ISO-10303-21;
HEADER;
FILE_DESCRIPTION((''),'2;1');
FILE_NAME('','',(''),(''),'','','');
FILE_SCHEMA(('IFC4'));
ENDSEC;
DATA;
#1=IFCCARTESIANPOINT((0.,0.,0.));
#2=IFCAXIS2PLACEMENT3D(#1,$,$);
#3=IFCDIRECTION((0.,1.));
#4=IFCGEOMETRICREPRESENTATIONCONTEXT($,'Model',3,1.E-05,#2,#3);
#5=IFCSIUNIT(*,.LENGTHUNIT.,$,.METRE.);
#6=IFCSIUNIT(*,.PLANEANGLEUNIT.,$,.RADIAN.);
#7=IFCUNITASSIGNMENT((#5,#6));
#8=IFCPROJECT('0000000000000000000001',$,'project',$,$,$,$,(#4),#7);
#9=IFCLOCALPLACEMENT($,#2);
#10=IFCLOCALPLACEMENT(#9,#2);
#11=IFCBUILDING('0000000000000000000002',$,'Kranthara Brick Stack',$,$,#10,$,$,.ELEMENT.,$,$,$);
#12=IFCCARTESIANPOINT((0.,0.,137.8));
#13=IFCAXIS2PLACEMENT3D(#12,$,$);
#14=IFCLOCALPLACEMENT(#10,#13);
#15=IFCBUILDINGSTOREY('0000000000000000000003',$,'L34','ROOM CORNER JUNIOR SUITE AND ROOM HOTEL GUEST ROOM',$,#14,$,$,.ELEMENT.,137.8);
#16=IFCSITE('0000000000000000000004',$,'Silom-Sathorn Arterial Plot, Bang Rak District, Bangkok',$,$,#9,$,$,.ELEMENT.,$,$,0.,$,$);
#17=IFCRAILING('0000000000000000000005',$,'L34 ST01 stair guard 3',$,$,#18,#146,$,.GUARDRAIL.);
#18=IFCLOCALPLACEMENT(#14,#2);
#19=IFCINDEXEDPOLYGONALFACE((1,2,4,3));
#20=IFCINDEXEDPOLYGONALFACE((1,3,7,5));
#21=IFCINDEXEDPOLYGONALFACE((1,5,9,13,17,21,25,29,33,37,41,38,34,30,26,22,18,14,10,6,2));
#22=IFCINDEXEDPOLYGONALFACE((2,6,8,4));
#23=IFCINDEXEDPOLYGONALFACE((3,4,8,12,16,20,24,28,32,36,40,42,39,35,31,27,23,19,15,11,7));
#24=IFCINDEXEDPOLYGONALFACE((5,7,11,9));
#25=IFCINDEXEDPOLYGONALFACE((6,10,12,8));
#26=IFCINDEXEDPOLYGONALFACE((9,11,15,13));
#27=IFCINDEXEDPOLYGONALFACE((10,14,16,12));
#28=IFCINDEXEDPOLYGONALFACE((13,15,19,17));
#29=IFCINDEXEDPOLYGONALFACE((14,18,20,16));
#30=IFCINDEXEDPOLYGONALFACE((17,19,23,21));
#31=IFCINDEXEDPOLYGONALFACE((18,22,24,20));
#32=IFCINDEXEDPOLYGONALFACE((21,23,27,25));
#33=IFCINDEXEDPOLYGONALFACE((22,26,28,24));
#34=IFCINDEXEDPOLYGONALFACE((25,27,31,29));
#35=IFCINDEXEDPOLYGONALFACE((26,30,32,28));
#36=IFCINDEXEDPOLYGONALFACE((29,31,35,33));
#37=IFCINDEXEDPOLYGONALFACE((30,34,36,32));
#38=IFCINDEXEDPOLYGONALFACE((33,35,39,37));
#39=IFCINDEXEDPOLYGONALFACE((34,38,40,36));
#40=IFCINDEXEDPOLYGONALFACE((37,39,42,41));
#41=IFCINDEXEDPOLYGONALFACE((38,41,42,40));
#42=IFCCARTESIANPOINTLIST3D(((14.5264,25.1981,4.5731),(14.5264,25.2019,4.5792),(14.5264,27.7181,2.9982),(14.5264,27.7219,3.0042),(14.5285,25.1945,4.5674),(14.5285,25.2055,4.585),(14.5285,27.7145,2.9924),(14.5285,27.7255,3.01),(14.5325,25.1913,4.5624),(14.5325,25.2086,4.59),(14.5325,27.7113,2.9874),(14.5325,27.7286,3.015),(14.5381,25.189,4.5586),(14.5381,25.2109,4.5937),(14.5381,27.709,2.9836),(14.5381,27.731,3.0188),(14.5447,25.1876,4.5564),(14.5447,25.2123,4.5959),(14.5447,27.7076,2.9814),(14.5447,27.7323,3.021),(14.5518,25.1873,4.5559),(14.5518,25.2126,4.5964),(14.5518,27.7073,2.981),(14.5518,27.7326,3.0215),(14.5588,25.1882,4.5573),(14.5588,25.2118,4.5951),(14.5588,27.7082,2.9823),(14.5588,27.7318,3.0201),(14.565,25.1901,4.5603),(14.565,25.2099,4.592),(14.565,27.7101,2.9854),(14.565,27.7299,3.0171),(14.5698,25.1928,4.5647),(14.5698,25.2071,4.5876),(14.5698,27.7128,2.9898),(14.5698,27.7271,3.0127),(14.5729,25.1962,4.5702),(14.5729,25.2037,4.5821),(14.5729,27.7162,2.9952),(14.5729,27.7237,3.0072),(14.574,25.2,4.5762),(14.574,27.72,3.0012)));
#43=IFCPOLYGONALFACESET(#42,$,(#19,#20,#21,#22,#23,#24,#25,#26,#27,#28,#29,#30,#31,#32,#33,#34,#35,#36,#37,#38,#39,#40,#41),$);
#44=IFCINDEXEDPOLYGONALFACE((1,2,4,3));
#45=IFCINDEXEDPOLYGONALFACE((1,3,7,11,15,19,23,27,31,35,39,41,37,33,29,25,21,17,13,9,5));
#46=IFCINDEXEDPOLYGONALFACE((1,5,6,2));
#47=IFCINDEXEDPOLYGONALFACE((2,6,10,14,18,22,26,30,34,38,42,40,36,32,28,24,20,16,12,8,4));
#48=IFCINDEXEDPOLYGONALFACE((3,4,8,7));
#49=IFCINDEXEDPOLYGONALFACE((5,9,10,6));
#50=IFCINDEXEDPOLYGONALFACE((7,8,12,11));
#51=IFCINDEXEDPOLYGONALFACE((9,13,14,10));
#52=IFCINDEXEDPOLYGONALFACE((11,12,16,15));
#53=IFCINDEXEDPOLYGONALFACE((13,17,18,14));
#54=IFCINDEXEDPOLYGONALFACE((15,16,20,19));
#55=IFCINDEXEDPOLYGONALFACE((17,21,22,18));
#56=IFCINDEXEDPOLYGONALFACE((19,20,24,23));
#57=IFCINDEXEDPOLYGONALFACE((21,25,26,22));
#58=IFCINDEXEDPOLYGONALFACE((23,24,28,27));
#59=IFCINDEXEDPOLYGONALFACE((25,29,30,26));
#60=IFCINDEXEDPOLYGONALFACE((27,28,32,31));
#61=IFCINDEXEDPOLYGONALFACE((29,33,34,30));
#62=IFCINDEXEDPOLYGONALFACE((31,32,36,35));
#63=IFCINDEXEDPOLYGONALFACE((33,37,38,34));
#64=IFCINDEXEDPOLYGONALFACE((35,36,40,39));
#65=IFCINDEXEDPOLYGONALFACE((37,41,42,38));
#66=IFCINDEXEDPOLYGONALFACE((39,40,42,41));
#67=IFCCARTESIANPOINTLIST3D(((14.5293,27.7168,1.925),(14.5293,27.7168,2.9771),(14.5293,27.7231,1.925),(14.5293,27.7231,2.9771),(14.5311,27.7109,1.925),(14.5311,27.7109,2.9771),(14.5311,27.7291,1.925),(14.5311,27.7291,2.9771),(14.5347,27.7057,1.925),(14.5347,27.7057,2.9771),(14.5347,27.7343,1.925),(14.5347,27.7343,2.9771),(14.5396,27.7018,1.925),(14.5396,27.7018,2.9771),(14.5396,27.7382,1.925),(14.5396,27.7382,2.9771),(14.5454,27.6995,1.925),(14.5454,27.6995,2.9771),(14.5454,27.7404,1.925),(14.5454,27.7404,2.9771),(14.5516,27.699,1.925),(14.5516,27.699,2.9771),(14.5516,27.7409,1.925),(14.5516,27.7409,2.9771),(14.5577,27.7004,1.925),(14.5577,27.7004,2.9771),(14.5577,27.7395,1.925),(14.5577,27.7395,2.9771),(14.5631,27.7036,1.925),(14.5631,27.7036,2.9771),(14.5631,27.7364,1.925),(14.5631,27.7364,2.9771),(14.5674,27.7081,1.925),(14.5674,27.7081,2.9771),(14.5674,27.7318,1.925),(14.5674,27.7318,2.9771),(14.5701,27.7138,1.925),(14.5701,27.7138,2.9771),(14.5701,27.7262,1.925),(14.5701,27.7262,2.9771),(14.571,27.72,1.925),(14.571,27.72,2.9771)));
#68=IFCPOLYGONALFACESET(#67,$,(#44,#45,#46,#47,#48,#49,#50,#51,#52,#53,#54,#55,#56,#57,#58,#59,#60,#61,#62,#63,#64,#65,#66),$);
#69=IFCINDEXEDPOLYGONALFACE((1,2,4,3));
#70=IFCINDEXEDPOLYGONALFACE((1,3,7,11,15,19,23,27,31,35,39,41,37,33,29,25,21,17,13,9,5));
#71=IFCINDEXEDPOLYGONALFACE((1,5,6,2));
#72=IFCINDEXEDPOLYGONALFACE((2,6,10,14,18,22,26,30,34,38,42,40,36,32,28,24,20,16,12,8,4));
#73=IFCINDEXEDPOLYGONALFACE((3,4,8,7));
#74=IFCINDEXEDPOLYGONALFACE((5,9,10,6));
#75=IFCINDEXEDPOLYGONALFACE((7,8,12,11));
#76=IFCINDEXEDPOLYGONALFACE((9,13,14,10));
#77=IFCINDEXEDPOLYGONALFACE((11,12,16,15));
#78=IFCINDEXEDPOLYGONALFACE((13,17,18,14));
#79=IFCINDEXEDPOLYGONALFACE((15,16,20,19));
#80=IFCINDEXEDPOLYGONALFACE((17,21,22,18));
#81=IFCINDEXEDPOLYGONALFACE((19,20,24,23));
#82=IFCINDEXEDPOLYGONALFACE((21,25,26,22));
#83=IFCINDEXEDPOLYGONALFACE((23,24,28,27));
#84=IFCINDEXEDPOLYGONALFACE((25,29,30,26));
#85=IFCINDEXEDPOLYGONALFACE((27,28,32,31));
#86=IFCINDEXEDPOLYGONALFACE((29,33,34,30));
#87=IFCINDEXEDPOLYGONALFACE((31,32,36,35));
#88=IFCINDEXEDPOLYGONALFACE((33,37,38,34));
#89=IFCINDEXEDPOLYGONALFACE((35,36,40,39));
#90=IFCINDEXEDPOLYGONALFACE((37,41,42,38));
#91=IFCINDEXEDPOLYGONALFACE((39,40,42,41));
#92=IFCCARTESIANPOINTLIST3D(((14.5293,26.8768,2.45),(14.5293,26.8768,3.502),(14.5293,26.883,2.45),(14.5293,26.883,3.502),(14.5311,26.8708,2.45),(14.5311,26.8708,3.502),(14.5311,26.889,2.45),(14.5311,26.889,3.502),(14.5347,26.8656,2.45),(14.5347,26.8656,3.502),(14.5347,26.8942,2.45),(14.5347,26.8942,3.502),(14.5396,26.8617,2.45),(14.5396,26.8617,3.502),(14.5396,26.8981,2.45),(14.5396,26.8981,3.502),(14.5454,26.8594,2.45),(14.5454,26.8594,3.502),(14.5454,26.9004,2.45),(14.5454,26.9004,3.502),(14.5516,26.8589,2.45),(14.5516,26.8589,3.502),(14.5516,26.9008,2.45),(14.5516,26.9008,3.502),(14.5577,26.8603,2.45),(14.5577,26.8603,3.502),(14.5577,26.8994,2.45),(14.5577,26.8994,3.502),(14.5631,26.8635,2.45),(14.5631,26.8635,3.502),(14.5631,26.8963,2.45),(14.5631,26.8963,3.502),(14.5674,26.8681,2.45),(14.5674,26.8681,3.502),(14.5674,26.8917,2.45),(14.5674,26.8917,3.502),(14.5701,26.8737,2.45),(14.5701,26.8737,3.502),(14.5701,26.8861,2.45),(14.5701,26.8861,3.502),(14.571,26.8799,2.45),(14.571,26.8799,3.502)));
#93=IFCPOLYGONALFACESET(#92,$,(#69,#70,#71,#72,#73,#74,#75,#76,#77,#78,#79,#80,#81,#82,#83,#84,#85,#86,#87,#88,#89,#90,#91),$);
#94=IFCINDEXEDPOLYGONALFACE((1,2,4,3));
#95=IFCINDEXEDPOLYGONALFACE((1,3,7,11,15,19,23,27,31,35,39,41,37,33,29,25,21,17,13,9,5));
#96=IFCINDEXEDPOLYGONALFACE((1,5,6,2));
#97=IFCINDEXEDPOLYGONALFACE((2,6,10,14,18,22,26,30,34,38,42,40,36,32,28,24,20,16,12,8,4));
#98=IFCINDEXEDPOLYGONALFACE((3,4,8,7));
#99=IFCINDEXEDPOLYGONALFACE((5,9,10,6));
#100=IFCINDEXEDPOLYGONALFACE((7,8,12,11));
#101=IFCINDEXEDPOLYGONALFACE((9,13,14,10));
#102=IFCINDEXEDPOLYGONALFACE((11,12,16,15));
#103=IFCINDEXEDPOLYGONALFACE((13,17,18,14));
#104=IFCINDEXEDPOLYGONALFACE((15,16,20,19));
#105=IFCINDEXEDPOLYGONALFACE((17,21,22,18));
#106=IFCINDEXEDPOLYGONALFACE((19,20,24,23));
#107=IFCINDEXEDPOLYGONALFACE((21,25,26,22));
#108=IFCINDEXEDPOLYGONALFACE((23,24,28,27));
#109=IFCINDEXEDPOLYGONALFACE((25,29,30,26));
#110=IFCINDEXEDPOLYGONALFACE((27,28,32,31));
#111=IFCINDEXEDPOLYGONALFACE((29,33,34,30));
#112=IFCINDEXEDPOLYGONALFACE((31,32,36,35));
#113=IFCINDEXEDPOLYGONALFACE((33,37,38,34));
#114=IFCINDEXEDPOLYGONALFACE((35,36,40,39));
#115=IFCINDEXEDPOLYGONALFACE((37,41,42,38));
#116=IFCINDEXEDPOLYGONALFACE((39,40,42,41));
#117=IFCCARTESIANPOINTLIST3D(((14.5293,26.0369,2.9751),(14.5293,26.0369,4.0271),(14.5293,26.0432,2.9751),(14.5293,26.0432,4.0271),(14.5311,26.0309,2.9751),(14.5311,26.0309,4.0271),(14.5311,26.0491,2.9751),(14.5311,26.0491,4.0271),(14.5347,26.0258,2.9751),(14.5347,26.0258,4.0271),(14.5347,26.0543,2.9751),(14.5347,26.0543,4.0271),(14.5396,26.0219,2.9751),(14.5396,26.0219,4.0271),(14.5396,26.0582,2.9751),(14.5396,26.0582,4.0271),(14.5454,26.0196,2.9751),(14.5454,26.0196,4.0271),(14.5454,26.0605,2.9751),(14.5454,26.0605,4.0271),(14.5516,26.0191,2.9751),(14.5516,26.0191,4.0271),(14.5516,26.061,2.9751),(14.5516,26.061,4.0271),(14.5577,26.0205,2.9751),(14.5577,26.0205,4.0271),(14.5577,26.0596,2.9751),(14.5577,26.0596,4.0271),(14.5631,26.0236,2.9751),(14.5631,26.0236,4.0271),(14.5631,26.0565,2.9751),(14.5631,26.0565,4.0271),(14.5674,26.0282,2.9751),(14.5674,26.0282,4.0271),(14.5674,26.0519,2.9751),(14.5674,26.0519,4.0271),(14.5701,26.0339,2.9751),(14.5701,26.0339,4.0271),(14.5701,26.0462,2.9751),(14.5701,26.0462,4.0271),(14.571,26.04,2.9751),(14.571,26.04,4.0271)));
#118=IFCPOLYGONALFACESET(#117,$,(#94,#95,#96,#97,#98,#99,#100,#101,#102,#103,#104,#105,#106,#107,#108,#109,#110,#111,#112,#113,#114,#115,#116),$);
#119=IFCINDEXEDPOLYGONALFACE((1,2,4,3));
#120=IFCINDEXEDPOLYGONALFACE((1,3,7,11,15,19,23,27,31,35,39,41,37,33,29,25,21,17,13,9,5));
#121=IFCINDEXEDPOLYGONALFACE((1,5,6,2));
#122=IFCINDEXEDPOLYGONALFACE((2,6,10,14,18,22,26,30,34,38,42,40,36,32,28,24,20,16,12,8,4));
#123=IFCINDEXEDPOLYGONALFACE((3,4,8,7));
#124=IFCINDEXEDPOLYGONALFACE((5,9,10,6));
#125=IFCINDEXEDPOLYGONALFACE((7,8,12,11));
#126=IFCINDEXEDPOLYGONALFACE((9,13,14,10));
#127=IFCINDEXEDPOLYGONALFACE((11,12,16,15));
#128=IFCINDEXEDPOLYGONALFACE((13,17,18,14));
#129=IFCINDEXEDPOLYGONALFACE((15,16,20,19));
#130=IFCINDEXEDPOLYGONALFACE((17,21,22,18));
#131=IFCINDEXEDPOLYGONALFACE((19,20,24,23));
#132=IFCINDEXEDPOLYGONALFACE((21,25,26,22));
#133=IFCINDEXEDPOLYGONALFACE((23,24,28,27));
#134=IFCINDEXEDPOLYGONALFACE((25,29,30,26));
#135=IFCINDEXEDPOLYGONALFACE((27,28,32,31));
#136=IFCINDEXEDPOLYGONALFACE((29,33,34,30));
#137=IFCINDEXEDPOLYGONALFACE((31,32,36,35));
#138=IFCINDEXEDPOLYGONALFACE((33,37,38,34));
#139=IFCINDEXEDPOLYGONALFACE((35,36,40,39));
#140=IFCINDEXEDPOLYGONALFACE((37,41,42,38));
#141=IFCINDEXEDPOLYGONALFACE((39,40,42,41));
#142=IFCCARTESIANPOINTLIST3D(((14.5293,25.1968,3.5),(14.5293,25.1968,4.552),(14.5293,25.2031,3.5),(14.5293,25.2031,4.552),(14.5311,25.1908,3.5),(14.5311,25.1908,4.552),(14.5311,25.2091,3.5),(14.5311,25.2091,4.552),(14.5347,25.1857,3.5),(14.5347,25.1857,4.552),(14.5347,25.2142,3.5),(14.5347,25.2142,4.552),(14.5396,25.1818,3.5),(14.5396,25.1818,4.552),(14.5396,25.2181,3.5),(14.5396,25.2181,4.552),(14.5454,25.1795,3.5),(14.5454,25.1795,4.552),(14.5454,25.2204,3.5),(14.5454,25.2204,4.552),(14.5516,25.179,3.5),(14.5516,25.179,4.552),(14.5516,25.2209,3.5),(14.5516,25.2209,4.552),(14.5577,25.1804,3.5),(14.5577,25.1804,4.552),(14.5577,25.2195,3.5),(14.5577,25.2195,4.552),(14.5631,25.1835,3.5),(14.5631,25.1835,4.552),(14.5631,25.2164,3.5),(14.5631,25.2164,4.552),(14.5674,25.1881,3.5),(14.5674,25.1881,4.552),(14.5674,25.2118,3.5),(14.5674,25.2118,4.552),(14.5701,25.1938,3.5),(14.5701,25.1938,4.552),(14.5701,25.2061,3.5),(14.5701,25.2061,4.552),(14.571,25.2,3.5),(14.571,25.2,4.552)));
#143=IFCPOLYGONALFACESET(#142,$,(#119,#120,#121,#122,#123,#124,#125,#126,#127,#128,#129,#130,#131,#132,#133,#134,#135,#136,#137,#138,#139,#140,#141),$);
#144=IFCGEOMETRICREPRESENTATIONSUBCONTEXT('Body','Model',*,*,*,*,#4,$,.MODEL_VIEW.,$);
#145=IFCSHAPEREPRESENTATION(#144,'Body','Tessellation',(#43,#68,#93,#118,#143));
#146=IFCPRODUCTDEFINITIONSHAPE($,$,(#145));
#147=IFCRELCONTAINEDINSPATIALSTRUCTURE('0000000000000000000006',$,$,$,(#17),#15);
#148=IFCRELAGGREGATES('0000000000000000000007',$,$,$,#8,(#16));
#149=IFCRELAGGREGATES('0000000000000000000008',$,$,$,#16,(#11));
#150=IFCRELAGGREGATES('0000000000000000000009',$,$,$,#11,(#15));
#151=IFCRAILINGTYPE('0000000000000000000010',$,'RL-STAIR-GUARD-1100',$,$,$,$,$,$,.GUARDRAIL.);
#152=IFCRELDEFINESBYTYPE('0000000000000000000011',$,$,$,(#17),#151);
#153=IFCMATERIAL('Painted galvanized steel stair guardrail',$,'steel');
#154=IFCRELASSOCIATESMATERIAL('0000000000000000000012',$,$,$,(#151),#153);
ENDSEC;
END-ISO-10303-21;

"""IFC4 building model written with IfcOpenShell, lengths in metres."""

from ifc_helpers import new_model, si_unit, direction, frame, origin, origin_2d, place, context, subcontext, project, spatial, circle, extrude, material, type_object, element, save


model = new_model("IFC4")

# Units and contexts
model_context = context("Model", 3, precision=1e-05, world=origin(), true_north=direction((0.0, 1.0)))
body_context = subcontext(model_context, "Body", "Model", "MODEL_VIEW")
ifc_project = project(units=[si_unit("LENGTHUNIT", "METRE"), si_unit("PLANEANGLEUNIT", "RADIAN")], contexts=[model_context])

# Site, building, storey
site_placement = place(None, origin())
site = spatial("IfcSite", under=ifc_project, at=site_placement, Name="Silom-Sathorn Arterial Plot, Bang Rak District, Bangkok", CompositionType="ELEMENT", RefElevation=0.0)
building_placement = place(site_placement, origin())
building = spatial("IfcBuilding", under=site, at=building_placement, Name="Kranthara Brick Stack", CompositionType="ELEMENT")
storey_placement = place(building_placement, frame((0.0, 0.0, 137.8)))
storey = spatial("IfcBuildingStorey", under=building, at=storey_placement, Name="L34", Description="ROOM CORNER JUNIOR SUITE AND ROOM HOTEL GUEST ROOM", CompositionType="ELEMENT", Elevation=137.8)

# Railing
ifc_material_1 = material(Name="Painted galvanized steel stair guardrail", Category="steel")
railing_type_1 = type_object("IfcRailingType", Name="RL-STAIR-GUARD-1100", PredefinedType="GUARDRAIL", material=ifc_material_1)
railing_1_placement = place(storey_placement, frame((14.55, 27.72, 1.925)))
element("IfcRailing", 1, at=railing_1_placement, inside=storey, type_object=railing_type_1, Name="L34 ST01 stair guard 3", PredefinedType="GUARDRAIL", context=body_context, shape_type="SweptSolid", body=[
    extrude(circle(Radius=0.0239, at=origin_2d()), frame((0.0, 0.0, 1.0762), z_axis=(0.0, -0.848008, 0.529984), x_axis=(1.0, 0.0, 0.0)), (0.0, 0.0, 1.0), 2.9717),
    extrude(circle(Radius=0.021, at=origin_2d()), origin(), (0.0, 0.0, 1.0), 1.052),
    extrude(circle(Radius=0.021, at=origin_2d()), frame((0.0, -0.8401, 0.5249)), (0.0, 0.0, 1.0), 1.052),
    extrude(circle(Radius=0.021, at=origin_2d()), frame((0.0, -1.6799, 1.05)), (0.0, 0.0, 1.0), 1.052),
    extrude(circle(Radius=0.021, at=origin_2d()), frame((0.0, -2.52, 1.575)), (0.0, 0.0, 1.0), 1.052),
])

save(model, "model.ifc")
